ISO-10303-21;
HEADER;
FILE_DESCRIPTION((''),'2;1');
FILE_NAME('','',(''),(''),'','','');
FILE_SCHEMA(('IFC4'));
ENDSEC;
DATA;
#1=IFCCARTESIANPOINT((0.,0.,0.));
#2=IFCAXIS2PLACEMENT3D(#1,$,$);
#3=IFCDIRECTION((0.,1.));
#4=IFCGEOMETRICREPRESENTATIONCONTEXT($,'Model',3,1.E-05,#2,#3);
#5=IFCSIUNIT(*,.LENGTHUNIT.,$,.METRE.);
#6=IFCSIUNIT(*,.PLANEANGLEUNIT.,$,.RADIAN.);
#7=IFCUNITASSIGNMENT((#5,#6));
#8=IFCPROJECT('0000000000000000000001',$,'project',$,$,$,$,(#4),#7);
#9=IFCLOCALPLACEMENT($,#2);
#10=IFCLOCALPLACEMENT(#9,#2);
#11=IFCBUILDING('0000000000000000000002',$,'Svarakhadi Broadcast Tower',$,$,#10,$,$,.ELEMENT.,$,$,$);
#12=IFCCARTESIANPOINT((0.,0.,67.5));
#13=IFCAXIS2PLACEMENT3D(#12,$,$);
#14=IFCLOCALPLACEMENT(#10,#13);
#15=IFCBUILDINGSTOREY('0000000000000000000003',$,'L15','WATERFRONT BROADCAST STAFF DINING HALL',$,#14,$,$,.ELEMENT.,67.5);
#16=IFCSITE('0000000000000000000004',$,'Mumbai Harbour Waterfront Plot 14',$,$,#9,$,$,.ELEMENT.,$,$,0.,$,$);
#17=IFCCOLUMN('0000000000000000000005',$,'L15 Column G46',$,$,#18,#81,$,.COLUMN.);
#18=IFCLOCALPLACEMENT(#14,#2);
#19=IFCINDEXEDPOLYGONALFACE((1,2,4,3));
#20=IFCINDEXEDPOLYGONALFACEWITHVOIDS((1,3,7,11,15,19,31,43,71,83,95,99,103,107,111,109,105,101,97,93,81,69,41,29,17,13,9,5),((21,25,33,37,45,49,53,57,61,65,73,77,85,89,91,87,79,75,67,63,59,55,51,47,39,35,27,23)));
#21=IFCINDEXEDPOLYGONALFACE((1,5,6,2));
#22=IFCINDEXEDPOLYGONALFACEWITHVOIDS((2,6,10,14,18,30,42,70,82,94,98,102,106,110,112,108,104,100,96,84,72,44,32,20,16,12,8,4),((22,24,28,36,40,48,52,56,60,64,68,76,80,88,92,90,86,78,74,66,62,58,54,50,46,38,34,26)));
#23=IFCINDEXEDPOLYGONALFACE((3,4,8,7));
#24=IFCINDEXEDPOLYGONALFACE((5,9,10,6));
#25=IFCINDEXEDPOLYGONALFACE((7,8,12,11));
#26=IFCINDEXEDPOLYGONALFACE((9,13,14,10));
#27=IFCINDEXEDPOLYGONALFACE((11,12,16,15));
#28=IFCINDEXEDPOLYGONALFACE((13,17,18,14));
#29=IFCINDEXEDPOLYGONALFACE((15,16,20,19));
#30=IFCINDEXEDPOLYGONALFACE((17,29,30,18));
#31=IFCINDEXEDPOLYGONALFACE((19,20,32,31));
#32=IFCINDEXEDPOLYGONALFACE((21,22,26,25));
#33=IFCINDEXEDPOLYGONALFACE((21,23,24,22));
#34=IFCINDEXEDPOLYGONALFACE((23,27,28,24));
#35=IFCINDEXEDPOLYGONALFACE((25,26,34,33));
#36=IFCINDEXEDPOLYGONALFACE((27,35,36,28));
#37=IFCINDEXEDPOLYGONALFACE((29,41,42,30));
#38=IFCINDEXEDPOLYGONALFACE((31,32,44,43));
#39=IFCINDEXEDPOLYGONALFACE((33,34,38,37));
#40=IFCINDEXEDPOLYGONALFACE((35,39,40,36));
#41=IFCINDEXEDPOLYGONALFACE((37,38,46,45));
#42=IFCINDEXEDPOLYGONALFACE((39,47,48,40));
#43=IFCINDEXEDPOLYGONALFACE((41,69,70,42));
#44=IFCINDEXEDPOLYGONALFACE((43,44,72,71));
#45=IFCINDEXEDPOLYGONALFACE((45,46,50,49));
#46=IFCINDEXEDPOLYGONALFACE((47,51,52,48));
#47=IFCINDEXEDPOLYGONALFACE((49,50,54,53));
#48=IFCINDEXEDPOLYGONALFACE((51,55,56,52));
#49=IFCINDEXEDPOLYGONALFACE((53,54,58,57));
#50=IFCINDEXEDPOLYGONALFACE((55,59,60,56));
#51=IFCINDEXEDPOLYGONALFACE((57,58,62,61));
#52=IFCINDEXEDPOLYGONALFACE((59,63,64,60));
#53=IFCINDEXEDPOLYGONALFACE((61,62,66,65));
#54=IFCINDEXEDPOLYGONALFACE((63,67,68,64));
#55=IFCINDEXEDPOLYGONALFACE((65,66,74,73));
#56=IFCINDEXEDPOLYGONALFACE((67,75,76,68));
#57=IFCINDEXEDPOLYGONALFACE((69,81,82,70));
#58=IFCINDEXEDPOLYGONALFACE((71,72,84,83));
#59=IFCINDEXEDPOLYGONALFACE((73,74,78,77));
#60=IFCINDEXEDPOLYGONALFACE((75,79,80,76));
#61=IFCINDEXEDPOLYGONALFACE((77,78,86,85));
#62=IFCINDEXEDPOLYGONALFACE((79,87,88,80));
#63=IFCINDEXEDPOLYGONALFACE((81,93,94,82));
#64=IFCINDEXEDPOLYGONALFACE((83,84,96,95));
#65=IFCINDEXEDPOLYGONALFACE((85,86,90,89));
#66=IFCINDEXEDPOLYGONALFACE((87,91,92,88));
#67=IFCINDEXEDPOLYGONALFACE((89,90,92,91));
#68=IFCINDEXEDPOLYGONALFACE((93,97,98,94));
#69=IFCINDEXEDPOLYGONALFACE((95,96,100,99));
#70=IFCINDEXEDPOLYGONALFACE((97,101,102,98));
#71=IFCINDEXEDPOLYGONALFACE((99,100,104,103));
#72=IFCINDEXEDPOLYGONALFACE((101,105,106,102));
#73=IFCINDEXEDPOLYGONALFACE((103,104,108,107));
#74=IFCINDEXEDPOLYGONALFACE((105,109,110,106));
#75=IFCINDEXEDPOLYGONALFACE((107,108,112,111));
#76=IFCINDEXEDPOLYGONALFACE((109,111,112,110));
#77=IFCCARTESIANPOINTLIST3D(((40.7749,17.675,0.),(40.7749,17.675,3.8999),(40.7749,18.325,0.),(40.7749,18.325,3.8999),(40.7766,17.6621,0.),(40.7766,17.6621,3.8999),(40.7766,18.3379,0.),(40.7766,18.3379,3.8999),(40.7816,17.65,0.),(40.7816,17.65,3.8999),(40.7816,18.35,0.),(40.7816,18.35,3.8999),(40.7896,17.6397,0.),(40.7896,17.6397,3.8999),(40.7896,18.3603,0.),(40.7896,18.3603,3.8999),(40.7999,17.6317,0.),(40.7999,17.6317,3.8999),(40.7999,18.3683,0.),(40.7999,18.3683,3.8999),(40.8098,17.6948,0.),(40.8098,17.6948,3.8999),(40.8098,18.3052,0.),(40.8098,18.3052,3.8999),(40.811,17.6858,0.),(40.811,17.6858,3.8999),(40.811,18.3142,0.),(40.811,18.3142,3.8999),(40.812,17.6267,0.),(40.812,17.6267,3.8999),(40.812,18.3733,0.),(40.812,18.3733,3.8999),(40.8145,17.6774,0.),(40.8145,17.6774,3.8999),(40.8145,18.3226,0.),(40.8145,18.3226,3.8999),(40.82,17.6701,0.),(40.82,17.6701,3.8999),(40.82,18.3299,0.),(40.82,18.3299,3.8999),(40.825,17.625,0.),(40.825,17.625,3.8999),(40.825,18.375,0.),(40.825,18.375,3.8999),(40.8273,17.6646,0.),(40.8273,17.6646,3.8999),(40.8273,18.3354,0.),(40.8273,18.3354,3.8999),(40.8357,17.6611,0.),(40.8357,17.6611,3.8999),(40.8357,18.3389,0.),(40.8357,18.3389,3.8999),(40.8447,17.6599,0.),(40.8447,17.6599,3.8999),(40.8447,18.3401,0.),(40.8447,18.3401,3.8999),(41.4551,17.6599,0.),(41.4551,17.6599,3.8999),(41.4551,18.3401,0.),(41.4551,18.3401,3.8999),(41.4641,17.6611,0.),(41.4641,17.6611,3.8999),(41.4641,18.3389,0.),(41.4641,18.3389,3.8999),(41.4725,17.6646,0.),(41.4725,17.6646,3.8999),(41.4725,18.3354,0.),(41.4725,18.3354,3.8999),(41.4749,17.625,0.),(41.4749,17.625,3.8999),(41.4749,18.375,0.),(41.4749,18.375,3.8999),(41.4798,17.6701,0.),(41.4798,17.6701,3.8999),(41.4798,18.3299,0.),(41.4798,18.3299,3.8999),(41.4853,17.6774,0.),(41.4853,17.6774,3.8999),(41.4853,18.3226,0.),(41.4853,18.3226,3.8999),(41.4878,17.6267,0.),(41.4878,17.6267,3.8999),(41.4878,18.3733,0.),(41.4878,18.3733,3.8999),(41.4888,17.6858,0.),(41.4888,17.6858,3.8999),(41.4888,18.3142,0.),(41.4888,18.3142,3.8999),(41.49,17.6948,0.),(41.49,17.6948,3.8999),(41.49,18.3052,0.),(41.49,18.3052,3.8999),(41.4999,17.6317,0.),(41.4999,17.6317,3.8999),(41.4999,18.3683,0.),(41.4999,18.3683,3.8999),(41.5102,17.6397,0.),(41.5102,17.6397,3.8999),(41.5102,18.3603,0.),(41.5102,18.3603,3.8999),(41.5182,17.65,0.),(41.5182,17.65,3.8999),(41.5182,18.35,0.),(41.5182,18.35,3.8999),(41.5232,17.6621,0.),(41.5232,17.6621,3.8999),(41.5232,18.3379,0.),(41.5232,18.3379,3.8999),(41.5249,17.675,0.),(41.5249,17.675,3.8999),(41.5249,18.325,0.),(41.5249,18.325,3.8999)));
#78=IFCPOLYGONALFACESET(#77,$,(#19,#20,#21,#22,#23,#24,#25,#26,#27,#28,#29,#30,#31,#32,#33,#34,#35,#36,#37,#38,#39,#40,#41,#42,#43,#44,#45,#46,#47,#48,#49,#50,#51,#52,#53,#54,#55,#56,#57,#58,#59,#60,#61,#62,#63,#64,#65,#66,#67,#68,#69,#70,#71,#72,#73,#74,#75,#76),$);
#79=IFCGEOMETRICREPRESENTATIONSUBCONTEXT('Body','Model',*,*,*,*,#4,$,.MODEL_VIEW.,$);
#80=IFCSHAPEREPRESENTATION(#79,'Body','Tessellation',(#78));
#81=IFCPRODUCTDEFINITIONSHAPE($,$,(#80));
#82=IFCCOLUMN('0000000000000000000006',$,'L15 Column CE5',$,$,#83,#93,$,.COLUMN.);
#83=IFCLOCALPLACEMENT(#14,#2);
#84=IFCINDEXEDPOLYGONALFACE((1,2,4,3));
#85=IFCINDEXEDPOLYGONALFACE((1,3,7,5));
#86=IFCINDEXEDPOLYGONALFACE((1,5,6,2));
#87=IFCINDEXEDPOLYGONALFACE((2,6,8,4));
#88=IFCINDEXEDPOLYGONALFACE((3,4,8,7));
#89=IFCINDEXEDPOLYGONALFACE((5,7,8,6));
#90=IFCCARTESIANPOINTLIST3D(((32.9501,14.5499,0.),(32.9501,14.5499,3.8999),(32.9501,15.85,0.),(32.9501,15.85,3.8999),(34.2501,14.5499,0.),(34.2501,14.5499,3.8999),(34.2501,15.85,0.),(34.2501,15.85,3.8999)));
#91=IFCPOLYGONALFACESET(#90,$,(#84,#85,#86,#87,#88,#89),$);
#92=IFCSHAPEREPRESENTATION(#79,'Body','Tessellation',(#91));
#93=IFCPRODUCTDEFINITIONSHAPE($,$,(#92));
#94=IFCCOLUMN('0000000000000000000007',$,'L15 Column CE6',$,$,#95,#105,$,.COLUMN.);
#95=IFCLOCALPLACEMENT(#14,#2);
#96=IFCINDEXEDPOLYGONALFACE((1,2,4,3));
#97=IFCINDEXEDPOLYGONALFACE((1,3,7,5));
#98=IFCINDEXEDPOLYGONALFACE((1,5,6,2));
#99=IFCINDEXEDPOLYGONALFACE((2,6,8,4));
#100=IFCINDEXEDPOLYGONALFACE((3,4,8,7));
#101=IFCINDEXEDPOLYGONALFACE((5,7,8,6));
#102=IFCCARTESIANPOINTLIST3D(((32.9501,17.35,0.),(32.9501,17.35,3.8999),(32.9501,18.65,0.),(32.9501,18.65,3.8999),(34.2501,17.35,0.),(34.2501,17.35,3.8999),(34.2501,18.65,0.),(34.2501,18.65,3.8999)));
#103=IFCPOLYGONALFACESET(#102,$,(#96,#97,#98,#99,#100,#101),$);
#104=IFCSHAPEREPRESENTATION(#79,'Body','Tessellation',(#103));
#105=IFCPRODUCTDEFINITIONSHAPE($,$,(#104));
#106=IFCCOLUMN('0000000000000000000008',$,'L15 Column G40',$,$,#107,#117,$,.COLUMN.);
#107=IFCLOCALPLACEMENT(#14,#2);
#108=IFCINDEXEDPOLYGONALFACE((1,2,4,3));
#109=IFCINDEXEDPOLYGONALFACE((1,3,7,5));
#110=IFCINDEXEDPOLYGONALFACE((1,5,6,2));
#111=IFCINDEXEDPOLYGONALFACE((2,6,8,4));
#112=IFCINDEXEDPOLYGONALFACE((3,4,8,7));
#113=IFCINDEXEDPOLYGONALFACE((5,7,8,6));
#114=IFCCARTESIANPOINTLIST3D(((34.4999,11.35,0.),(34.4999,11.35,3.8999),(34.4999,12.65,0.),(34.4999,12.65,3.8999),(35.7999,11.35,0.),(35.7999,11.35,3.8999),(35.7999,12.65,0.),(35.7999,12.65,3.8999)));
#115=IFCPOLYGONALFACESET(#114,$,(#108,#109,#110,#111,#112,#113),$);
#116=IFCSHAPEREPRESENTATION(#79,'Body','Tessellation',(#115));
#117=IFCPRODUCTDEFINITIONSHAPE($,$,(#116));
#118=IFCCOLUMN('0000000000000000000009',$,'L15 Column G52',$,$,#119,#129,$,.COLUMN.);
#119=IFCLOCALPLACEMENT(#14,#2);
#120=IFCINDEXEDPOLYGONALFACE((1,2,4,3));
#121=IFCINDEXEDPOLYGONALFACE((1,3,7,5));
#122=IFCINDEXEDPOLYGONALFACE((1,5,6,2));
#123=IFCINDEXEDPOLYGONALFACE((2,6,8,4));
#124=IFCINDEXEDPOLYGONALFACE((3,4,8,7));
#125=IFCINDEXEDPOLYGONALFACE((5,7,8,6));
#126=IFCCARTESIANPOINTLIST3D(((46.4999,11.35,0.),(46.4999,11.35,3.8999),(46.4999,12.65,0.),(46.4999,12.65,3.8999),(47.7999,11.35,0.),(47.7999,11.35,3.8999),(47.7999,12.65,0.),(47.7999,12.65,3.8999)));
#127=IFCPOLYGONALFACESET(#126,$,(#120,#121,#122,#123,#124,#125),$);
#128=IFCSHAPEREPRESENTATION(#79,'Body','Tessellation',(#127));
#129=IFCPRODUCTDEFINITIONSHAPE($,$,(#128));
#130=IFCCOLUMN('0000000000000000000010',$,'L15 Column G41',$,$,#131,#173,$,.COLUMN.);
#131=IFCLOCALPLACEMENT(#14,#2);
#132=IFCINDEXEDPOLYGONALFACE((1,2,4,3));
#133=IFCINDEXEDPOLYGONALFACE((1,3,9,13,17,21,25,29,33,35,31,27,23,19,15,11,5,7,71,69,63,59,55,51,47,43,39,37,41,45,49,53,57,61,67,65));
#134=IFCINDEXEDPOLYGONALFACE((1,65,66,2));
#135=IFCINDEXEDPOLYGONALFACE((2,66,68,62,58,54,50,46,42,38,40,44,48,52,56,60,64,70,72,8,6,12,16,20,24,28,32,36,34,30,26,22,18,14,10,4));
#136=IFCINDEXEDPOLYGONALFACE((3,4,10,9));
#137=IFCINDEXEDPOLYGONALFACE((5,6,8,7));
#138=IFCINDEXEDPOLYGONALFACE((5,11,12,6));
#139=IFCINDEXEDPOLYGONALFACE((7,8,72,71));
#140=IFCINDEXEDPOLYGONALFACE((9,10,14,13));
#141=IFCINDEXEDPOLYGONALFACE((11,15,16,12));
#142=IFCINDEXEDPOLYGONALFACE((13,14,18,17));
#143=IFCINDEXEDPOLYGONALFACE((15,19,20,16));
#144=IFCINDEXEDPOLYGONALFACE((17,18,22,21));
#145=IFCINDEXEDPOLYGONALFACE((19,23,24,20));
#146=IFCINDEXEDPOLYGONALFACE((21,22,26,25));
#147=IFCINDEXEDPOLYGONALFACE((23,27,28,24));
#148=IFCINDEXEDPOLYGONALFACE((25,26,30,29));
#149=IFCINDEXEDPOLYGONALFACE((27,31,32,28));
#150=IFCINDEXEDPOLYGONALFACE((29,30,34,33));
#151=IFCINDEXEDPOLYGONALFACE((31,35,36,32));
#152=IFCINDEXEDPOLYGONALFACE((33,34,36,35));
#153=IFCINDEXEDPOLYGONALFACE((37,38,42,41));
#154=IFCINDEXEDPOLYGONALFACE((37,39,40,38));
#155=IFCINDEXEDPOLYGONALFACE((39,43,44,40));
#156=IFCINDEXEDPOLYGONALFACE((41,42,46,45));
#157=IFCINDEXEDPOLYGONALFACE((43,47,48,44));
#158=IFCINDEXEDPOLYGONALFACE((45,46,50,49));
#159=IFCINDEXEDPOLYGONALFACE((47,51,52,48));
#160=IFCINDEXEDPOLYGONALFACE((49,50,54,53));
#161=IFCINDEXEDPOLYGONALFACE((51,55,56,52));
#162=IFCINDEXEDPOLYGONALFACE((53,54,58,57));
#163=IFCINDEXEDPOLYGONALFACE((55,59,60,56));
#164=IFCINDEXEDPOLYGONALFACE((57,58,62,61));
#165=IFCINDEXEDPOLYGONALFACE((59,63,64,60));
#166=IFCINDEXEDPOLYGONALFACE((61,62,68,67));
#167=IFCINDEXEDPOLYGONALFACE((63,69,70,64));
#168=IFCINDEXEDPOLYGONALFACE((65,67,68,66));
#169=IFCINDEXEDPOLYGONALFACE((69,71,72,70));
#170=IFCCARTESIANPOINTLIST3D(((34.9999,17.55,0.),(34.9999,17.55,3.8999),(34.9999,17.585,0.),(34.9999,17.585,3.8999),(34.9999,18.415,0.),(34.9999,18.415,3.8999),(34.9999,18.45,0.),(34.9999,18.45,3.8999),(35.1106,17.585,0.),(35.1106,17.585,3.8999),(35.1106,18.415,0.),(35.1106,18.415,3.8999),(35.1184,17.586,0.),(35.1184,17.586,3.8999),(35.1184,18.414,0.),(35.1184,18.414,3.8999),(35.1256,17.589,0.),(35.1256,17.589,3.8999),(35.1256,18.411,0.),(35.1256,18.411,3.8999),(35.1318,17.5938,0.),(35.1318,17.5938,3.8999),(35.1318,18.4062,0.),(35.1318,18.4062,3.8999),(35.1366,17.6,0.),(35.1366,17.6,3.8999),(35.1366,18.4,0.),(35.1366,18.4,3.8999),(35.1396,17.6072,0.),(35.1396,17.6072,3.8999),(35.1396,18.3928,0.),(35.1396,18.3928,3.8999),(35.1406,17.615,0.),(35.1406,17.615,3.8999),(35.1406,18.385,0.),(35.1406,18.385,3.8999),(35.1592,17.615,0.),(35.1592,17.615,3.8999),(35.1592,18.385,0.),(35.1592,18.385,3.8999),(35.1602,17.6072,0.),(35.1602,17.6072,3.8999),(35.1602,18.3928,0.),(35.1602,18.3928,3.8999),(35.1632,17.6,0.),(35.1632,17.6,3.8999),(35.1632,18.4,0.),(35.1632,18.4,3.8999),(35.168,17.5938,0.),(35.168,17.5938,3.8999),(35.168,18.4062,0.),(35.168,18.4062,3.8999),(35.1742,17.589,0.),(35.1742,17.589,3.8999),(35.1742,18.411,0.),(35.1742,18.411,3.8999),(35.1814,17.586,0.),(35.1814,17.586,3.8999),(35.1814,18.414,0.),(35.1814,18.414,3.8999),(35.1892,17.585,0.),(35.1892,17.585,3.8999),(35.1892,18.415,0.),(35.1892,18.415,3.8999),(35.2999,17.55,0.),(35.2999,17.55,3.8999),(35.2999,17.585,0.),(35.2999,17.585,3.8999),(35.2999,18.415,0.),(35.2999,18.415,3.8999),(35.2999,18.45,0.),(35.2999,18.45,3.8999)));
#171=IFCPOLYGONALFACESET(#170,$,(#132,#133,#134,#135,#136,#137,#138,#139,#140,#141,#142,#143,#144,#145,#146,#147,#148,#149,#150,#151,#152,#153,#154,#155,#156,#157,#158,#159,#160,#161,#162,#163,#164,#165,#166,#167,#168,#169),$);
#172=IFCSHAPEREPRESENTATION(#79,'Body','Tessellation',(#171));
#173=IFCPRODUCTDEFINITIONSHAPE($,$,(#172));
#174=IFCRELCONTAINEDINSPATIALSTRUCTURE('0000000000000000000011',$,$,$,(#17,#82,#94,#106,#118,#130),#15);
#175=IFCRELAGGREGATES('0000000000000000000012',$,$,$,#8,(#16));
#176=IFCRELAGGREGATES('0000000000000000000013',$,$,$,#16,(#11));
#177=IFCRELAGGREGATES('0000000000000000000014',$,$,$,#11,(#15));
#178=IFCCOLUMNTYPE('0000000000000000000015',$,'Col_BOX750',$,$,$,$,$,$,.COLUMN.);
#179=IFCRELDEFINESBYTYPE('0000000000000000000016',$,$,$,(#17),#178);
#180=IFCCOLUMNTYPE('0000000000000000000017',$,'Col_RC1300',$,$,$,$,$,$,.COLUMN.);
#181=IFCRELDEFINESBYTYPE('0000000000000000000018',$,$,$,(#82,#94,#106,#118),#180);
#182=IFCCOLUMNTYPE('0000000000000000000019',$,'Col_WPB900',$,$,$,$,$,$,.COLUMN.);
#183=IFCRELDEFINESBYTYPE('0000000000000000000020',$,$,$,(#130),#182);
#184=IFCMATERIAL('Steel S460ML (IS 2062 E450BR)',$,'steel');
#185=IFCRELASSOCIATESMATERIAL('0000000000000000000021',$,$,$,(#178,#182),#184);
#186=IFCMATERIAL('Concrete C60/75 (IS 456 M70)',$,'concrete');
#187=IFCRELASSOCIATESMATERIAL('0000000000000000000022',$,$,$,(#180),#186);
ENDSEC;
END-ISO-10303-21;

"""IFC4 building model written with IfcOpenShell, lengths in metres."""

from ifc_helpers import new_model, si_unit, direction, frame, origin, origin_2d, place, context, subcontext, project, spatial, rectangle, hollow_rectangle, i_section, extrude, material, material_profile, profile_set, type_object, element, save


model = new_model("IFC4")

# Units and contexts
model_context = context("Model", 3, precision=1e-05, world=origin(), true_north=direction((0.0, 1.0)))
body_context = subcontext(model_context, "Body", "Model", "MODEL_VIEW")
ifc_project = project(units=[si_unit("LENGTHUNIT", "METRE"), si_unit("PLANEANGLEUNIT", "RADIAN")], contexts=[model_context])

# Site, building, storey
site_placement = place(None, origin())
site = spatial("IfcSite", under=ifc_project, at=site_placement, Name="Mumbai Harbour Waterfront Plot 14", CompositionType="ELEMENT", RefElevation=0.0)
building_placement = place(site_placement, origin())
building = spatial("IfcBuilding", under=site, at=building_placement, Name="Svarakhadi Broadcast Tower", CompositionType="ELEMENT")
storey_placement = place(building_placement, frame((0.0, 0.0, 67.5)))
storey = spatial("IfcBuildingStorey", under=building, at=storey_placement, Name="L15", Description="WATERFRONT BROADCAST STAFF DINING HALL", CompositionType="ELEMENT", Elevation=67.5)

# Columns
ifc_material_1 = material(Name="Steel S460ML (IS 2062 E450BR)", Category="steel")
ifc_material_profile_1 = material_profile(ifc_material_1, hollow_rectangle(XDim=0.75, YDim=0.75, WallThickness=0.0349, InnerFilletRadius=0.0349, OuterFilletRadius=0.05, at=origin_2d()), Name="BOX 750x750x35")
ifc_profile_set_1 = profile_set([ifc_material_profile_1], Name="Steel S460ML (IS 2062 E450BR)")
column_type_1 = type_object("IfcColumnType", Name="Col_BOX750", PredefinedType="COLUMN", material=ifc_profile_set_1)
column_placement = place(storey_placement, frame((41.1499, 18.0, 0.0), z_axis=(0.0, 0.0, 1.0), x_axis=(1.0, 0.0, 0.0)))
element("IfcColumn", 1, at=column_placement, inside=storey, type_object=column_type_1, Name="L15 Column G46", PredefinedType="COLUMN", context=body_context, shape_type="SweptSolid", body=[
    extrude(hollow_rectangle(XDim=0.75, YDim=0.75, WallThickness=0.0349, InnerFilletRadius=0.0349, OuterFilletRadius=0.05, at=origin_2d()), origin(), (0.0, 0.0, 1.0), 3.8999),
])
ifc_material_2 = material(Name="Concrete C60/75 (IS 456 M70)", Category="concrete")
ifc_material_profile_2 = material_profile(ifc_material_2, rectangle(XDim=1.3, YDim=1.3, at=origin_2d()), Name="RC 1300x1300")
ifc_profile_set_2 = profile_set([ifc_material_profile_2], Name="Concrete C60/75 (IS 456 M70)")
column_type_2 = type_object("IfcColumnType", Name="Col_RC1300", PredefinedType="COLUMN", material=ifc_profile_set_2)
for number, where, z_axis, x_axis, name in (
    (2, (33.6001, 15.2, 0.0), (0.0, 0.0, 1.0), (1.0, 0.0, 0.0), "L15 Column CE5"),
    (3, (33.6001, 18.0, 0.0), (0.0, 0.0, 1.0), (1.0, 0.0, 0.0), "L15 Column CE6"),
    (4, (35.1499, 12.0, 0.0), (0.0, 0.0, 1.0), (1.0, 0.0, 0.0), "L15 Column G40"),
    (5, (47.1499, 12.0, 0.0), (0.0, 0.0, 1.0), (1.0, 0.0, 0.0), "L15 Column G52"),
):
    element("IfcColumn", number, at=place(storey_placement, frame(where, z_axis=z_axis, x_axis=x_axis)), inside=storey, type_object=column_type_2, Name=name, PredefinedType="COLUMN", context=body_context, shape_type="SweptSolid", body=[
        extrude(rectangle(XDim=1.3, YDim=1.3, at=origin_2d()), origin(), (0.0, 0.0, 1.0), 3.8999),
    ])
ifc_material_profile_3 = material_profile(ifc_material_1, i_section(OverallWidth=0.3, OverallDepth=0.8999, WebThickness=0.0186, FlangeThickness=0.0349, FilletRadius=0.03, at=origin_2d()), Name="WPB 900x300x291")
ifc_profile_set_3 = profile_set([ifc_material_profile_3], Name="Steel S460ML (IS 2062 E450BR)")
column_type_3 = type_object("IfcColumnType", Name="Col_WPB900", PredefinedType="COLUMN", material=ifc_profile_set_3)
for number, where, z_axis, x_axis, name in (
    (6, (35.1499, 18.0, 0.0), (0.0, 0.0, 1.0), (1.0, 0.0, 0.0), "L15 Column G41"),
):
    element("IfcColumn", number, at=place(storey_placement, frame(where, z_axis=z_axis, x_axis=x_axis)), inside=storey, type_object=column_type_3, Name=name, PredefinedType="COLUMN", context=body_context, shape_type="SweptSolid", body=[
        extrude(i_section(OverallWidth=0.3, OverallDepth=0.8999, WebThickness=0.0186, FlangeThickness=0.0349, FilletRadius=0.03, at=origin_2d()), origin(), (0.0, 0.0, 1.0), 3.8999),
    ])

save(model, "model.ifc")
